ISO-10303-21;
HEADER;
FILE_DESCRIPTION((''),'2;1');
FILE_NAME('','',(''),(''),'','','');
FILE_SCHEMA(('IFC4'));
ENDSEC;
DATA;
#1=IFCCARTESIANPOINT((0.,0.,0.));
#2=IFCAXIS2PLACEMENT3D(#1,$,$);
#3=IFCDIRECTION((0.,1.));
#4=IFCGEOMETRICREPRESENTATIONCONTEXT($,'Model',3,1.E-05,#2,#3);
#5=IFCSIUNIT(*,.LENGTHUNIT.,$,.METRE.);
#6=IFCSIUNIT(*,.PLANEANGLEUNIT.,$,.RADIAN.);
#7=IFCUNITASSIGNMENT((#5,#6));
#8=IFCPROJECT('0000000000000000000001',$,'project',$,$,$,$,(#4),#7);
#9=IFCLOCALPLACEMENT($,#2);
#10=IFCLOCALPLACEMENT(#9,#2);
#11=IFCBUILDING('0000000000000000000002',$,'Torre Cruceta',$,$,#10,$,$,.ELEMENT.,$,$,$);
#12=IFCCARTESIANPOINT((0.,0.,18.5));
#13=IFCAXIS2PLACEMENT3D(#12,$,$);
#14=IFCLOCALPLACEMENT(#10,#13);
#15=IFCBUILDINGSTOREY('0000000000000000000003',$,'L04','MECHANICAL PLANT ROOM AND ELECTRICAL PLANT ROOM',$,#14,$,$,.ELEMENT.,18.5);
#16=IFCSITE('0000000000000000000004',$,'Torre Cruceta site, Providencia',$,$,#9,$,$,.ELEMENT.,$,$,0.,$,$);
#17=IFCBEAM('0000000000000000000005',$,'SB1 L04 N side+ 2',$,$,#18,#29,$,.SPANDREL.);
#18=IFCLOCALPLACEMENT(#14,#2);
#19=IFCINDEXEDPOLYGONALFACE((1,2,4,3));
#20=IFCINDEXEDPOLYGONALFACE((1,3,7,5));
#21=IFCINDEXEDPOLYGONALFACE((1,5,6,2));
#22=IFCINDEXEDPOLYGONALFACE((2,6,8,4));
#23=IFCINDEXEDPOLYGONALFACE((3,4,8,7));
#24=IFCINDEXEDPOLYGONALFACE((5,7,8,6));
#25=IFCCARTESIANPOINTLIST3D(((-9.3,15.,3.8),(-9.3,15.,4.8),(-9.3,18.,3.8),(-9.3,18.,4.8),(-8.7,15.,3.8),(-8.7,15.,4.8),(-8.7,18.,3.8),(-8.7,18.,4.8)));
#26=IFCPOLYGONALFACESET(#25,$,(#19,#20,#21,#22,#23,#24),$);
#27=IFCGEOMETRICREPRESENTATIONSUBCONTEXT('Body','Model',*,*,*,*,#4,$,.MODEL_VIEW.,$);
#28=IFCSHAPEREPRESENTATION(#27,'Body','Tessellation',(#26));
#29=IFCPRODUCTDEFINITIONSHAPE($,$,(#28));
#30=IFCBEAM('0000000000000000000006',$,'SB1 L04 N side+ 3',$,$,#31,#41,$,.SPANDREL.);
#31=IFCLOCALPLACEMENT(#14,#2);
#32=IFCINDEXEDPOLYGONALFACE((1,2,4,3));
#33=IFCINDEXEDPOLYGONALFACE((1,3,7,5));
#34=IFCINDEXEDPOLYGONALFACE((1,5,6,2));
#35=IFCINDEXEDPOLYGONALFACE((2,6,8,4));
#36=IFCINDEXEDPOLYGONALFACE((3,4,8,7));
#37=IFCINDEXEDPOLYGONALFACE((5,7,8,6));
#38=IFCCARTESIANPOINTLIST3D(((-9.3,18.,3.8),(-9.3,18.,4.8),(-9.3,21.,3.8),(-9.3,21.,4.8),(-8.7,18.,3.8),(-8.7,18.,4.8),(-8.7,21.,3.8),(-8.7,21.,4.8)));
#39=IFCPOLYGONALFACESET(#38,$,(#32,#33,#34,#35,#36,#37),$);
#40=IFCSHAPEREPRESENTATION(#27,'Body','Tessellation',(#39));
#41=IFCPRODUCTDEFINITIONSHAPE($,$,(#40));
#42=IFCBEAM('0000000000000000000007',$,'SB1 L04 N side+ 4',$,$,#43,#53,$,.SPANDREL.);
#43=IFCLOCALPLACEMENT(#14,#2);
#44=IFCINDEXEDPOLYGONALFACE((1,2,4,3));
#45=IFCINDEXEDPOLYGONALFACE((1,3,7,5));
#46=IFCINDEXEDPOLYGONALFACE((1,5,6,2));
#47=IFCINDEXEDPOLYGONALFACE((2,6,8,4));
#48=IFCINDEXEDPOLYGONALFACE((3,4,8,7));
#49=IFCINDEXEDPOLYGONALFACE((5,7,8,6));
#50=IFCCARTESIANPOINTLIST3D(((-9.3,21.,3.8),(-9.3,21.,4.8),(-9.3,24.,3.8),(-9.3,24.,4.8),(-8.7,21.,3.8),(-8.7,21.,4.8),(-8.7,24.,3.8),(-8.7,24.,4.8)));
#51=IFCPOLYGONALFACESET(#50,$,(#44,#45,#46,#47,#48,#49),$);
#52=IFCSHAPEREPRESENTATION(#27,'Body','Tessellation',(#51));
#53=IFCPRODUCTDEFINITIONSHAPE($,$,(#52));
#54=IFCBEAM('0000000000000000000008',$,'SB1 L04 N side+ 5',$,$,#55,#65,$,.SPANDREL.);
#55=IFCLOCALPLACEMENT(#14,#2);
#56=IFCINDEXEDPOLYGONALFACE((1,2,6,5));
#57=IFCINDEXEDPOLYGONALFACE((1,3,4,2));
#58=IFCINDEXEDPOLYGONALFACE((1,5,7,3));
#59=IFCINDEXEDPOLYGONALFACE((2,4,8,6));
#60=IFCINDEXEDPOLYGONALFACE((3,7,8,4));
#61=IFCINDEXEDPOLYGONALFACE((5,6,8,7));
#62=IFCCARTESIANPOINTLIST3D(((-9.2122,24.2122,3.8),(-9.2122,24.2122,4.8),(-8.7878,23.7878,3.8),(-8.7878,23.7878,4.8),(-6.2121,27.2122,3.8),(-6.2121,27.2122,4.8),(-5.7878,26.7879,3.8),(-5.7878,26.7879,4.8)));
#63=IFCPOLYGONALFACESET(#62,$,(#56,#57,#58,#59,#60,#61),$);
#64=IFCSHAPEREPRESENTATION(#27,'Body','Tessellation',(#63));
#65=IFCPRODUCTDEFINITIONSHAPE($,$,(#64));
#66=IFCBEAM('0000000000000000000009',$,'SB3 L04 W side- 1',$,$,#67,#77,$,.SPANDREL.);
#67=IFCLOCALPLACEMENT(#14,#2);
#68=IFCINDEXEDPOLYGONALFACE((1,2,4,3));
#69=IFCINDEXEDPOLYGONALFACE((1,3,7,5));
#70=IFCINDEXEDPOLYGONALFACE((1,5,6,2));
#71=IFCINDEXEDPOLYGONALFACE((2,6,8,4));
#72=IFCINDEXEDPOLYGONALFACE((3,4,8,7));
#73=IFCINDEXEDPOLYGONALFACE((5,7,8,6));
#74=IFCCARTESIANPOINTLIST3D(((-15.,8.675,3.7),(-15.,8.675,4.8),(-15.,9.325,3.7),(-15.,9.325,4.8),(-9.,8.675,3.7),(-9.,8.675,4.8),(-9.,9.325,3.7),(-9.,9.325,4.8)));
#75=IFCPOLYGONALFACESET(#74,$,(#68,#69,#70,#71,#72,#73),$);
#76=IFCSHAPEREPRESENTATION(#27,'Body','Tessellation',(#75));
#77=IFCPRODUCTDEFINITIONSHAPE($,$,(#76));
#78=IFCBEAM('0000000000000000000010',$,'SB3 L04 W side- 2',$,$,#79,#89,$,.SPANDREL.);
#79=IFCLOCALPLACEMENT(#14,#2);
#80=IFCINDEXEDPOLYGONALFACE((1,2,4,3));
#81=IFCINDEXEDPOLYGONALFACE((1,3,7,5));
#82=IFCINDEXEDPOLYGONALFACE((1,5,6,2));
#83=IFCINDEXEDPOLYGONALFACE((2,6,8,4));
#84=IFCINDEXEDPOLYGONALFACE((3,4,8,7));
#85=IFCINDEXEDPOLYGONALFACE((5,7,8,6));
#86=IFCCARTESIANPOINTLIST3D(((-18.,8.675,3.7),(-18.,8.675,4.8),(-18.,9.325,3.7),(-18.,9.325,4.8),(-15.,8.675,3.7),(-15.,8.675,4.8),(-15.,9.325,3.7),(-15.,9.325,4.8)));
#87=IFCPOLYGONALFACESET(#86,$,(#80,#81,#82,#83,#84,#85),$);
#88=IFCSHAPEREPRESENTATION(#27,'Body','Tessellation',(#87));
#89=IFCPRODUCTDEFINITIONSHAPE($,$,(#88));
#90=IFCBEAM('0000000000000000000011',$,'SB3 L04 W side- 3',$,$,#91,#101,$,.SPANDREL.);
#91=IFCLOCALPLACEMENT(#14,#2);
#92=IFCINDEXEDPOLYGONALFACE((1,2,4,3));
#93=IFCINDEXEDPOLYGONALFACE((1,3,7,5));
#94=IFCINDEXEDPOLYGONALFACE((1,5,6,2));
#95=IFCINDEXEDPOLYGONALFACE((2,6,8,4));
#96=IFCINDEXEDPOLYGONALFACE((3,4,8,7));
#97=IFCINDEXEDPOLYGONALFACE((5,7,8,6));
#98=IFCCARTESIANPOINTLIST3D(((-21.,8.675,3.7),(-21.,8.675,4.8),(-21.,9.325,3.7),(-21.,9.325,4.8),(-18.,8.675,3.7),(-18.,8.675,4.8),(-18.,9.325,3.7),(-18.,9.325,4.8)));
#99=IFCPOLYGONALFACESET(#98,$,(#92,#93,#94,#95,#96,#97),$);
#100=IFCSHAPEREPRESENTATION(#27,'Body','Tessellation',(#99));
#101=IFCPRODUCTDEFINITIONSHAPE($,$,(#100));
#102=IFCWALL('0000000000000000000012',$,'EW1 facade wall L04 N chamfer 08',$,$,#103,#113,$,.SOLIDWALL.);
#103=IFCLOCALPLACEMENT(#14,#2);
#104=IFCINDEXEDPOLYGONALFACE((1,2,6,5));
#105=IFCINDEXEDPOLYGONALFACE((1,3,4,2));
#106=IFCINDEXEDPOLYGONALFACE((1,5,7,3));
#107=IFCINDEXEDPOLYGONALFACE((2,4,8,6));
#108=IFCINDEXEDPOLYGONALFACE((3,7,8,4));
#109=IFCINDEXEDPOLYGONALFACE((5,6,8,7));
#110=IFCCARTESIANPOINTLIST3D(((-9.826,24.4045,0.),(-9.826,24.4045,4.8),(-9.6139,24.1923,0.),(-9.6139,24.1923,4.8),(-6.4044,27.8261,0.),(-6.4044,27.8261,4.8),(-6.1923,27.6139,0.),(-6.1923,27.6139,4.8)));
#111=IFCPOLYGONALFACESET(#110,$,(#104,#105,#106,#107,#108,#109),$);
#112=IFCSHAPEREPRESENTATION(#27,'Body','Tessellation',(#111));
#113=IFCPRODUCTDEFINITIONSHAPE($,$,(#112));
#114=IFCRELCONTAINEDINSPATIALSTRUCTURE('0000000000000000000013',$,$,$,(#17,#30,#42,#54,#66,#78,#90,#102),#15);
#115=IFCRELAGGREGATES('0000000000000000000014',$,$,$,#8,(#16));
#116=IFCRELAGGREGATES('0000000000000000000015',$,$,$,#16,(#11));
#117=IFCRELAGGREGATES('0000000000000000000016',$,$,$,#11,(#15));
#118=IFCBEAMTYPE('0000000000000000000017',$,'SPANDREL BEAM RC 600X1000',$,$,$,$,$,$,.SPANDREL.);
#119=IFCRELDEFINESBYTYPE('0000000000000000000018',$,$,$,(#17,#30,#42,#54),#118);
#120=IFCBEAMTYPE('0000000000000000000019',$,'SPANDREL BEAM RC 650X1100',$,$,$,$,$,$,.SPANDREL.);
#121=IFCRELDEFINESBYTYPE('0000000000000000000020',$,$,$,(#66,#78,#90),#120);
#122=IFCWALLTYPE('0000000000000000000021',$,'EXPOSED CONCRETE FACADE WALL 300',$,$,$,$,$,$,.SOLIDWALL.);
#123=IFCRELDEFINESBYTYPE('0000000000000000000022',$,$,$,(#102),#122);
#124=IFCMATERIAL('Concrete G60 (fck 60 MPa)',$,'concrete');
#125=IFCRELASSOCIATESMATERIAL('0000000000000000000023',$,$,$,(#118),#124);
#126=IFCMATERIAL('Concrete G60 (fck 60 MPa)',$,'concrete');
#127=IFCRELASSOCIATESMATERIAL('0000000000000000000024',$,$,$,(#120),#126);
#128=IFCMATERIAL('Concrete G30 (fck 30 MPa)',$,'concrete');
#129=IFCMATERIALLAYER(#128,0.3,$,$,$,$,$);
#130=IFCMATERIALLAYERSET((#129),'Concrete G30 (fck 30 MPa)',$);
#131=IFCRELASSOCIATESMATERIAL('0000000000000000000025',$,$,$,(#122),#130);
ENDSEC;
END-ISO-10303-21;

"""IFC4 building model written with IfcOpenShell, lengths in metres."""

from ifc_helpers import new_model, si_unit, direction, frame, frame_2d, origin, origin_2d, place, context, subcontext, project, spatial, rectangle, extrude, material, layer, layer_set, material_profile, profile_set, type_object, element, save


model = new_model("IFC4")

# Units and contexts
model_context = context("Model", 3, precision=1e-05, world=origin(), true_north=direction((0.0, 1.0)))
body_context = subcontext(model_context, "Body", "Model", "MODEL_VIEW")
ifc_project = project(units=[si_unit("LENGTHUNIT", "METRE"), si_unit("PLANEANGLEUNIT", "RADIAN")], contexts=[model_context])

# Site, building, storey
site_placement = place(None, origin())
site = spatial("IfcSite", under=ifc_project, at=site_placement, Name="Torre Cruceta site, Providencia", CompositionType="ELEMENT", RefElevation=0.0)
building_placement = place(site_placement, origin())
building = spatial("IfcBuilding", under=site, at=building_placement, Name="Torre Cruceta", CompositionType="ELEMENT")
storey_placement = place(building_placement, frame((0.0, 0.0, 18.5)))
storey = spatial("IfcBuildingStorey", under=building, at=storey_placement, Name="L04", Description="MECHANICAL PLANT ROOM AND ELECTRICAL PLANT ROOM", CompositionType="ELEMENT", Elevation=18.5)

# Beams
ifc_material_1 = material(Name="Concrete G60 (fck 60 MPa)", Category="concrete")
ifc_material_profile_1 = material_profile(ifc_material_1, rectangle(XDim=0.6001, YDim=1.0, at=origin_2d()), Name="RC 600X1000")
ifc_profile_set_1 = profile_set([ifc_material_profile_1], Name="Concrete G60 (fck 60 MPa)")
beam_type_1 = type_object("IfcBeamType", Name="SPANDREL BEAM RC 600X1000", PredefinedType="SPANDREL", material=ifc_profile_set_1)
for number, where, z_axis, x_axis, name in (
    (1, (-9.0, 15.0, 4.3), (0.0, 1.0, 0.0), (-1.0, 0.0, 0.0), "SB1 L04 N side+ 2"),
    (2, (-9.0, 18.0, 4.3), (0.0, 1.0, 0.0), (-1.0, 0.0, 0.0), "SB1 L04 N side+ 3"),
    (3, (-9.0, 21.0, 4.3), (0.0, 1.0, 0.0), (-1.0, 0.0, 0.0), "SB1 L04 N side+ 4"),
):
    element("IfcBeam", number, at=place(storey_placement, frame(where, z_axis=z_axis, x_axis=x_axis)), inside=storey, type_object=beam_type_1, Name=name, PredefinedType="SPANDREL", context=body_context, shape_type="SweptSolid", body=[
        extrude(rectangle(XDim=0.6001, YDim=1.0, at=origin_2d()), origin(), (0.0, 0.0, 1.0), 3.0),
    ])
beam_1_placement = place(storey_placement, frame((-9.0, 24.0, 4.3), z_axis=(0.707107, 0.707107, 0.0), x_axis=(-0.707107, 0.707107, 0.0)))
element("IfcBeam", 4, at=beam_1_placement, inside=storey, type_object=beam_type_1, Name="SB1 L04 N side+ 5", PredefinedType="SPANDREL", context=body_context, shape_type="SweptSolid", body=[
    extrude(rectangle(XDim=0.6001, YDim=1.0, at=origin_2d()), origin(), (0.0, 0.0, 1.0), 4.2427),
])
ifc_material_2 = material(Name="Concrete G60 (fck 60 MPa)", Category="concrete")
ifc_material_profile_2 = material_profile(ifc_material_2, rectangle(XDim=0.6499, YDim=1.1001, at=origin_2d()), Name="RC 650X1100")
ifc_profile_set_2 = profile_set([ifc_material_profile_2], Name="Concrete G60 (fck 60 MPa)")
beam_type_2 = type_object("IfcBeamType", Name="SPANDREL BEAM RC 650X1100", PredefinedType="SPANDREL", material=ifc_profile_set_2)
beam_2_placement = place(storey_placement, frame((-9.0, 9.0, 4.25), z_axis=(-1.0, 0.0, 0.0), x_axis=(0.0, -1.0, 0.0)))
element("IfcBeam", 5, at=beam_2_placement, inside=storey, type_object=beam_type_2, Name="SB3 L04 W side- 1", PredefinedType="SPANDREL", context=body_context, shape_type="SweptSolid", body=[
    extrude(rectangle(XDim=0.6499, YDim=1.1001, at=origin_2d()), origin(), (0.0, 0.0, 1.0), 6.0),
])
for number, where, z_axis, x_axis, name in (
    (6, (-15.0, 9.0, 4.25), (-1.0, 0.0, 0.0), (0.0, -1.0, 0.0), "SB3 L04 W side- 2"),
    (7, (-18.0, 9.0, 4.25), (-1.0, 0.0, 0.0), (0.0, -1.0, 0.0), "SB3 L04 W side- 3"),
):
    element("IfcBeam", number, at=place(storey_placement, frame(where, z_axis=z_axis, x_axis=x_axis)), inside=storey, type_object=beam_type_2, Name=name, PredefinedType="SPANDREL", context=body_context, shape_type="SweptSolid", body=[
        extrude(rectangle(XDim=0.6499, YDim=1.1001, at=origin_2d()), origin(), (0.0, 0.0, 1.0), 3.0),
    ])

# Wall
ifc_material_3 = material(Name="Concrete G30 (fck 30 MPa)", Category="concrete")
ifc_layer_1 = layer(ifc_material_3, 0.3)
ifc_layer_set_1 = layer_set([ifc_layer_1], Name="Concrete G30 (fck 30 MPa)")
wall_type_1 = type_object("IfcWallType", Name="EXPOSED CONCRETE FACADE WALL 300", PredefinedType="SOLIDWALL", material=ifc_layer_set_1)
wall_1_placement = place(storey_placement, frame((-6.2983, 27.72, 0.0), z_axis=(0.0, 0.0, 1.0), x_axis=(-0.707107, -0.707107, 0.0)))
element("IfcWall", 8, at=wall_1_placement, inside=storey, type_object=wall_type_1, Name="EW1 facade wall L04 N chamfer 08", PredefinedType="SOLIDWALL", context=body_context, shape_type="SweptSolid", body=[
    extrude(rectangle(XDim=4.8389, YDim=0.3, at=frame_2d((2.4194, 0.0))), origin(), (0.0, 0.0, 1.0), 4.8),
])

save(model, "model.ifc")
